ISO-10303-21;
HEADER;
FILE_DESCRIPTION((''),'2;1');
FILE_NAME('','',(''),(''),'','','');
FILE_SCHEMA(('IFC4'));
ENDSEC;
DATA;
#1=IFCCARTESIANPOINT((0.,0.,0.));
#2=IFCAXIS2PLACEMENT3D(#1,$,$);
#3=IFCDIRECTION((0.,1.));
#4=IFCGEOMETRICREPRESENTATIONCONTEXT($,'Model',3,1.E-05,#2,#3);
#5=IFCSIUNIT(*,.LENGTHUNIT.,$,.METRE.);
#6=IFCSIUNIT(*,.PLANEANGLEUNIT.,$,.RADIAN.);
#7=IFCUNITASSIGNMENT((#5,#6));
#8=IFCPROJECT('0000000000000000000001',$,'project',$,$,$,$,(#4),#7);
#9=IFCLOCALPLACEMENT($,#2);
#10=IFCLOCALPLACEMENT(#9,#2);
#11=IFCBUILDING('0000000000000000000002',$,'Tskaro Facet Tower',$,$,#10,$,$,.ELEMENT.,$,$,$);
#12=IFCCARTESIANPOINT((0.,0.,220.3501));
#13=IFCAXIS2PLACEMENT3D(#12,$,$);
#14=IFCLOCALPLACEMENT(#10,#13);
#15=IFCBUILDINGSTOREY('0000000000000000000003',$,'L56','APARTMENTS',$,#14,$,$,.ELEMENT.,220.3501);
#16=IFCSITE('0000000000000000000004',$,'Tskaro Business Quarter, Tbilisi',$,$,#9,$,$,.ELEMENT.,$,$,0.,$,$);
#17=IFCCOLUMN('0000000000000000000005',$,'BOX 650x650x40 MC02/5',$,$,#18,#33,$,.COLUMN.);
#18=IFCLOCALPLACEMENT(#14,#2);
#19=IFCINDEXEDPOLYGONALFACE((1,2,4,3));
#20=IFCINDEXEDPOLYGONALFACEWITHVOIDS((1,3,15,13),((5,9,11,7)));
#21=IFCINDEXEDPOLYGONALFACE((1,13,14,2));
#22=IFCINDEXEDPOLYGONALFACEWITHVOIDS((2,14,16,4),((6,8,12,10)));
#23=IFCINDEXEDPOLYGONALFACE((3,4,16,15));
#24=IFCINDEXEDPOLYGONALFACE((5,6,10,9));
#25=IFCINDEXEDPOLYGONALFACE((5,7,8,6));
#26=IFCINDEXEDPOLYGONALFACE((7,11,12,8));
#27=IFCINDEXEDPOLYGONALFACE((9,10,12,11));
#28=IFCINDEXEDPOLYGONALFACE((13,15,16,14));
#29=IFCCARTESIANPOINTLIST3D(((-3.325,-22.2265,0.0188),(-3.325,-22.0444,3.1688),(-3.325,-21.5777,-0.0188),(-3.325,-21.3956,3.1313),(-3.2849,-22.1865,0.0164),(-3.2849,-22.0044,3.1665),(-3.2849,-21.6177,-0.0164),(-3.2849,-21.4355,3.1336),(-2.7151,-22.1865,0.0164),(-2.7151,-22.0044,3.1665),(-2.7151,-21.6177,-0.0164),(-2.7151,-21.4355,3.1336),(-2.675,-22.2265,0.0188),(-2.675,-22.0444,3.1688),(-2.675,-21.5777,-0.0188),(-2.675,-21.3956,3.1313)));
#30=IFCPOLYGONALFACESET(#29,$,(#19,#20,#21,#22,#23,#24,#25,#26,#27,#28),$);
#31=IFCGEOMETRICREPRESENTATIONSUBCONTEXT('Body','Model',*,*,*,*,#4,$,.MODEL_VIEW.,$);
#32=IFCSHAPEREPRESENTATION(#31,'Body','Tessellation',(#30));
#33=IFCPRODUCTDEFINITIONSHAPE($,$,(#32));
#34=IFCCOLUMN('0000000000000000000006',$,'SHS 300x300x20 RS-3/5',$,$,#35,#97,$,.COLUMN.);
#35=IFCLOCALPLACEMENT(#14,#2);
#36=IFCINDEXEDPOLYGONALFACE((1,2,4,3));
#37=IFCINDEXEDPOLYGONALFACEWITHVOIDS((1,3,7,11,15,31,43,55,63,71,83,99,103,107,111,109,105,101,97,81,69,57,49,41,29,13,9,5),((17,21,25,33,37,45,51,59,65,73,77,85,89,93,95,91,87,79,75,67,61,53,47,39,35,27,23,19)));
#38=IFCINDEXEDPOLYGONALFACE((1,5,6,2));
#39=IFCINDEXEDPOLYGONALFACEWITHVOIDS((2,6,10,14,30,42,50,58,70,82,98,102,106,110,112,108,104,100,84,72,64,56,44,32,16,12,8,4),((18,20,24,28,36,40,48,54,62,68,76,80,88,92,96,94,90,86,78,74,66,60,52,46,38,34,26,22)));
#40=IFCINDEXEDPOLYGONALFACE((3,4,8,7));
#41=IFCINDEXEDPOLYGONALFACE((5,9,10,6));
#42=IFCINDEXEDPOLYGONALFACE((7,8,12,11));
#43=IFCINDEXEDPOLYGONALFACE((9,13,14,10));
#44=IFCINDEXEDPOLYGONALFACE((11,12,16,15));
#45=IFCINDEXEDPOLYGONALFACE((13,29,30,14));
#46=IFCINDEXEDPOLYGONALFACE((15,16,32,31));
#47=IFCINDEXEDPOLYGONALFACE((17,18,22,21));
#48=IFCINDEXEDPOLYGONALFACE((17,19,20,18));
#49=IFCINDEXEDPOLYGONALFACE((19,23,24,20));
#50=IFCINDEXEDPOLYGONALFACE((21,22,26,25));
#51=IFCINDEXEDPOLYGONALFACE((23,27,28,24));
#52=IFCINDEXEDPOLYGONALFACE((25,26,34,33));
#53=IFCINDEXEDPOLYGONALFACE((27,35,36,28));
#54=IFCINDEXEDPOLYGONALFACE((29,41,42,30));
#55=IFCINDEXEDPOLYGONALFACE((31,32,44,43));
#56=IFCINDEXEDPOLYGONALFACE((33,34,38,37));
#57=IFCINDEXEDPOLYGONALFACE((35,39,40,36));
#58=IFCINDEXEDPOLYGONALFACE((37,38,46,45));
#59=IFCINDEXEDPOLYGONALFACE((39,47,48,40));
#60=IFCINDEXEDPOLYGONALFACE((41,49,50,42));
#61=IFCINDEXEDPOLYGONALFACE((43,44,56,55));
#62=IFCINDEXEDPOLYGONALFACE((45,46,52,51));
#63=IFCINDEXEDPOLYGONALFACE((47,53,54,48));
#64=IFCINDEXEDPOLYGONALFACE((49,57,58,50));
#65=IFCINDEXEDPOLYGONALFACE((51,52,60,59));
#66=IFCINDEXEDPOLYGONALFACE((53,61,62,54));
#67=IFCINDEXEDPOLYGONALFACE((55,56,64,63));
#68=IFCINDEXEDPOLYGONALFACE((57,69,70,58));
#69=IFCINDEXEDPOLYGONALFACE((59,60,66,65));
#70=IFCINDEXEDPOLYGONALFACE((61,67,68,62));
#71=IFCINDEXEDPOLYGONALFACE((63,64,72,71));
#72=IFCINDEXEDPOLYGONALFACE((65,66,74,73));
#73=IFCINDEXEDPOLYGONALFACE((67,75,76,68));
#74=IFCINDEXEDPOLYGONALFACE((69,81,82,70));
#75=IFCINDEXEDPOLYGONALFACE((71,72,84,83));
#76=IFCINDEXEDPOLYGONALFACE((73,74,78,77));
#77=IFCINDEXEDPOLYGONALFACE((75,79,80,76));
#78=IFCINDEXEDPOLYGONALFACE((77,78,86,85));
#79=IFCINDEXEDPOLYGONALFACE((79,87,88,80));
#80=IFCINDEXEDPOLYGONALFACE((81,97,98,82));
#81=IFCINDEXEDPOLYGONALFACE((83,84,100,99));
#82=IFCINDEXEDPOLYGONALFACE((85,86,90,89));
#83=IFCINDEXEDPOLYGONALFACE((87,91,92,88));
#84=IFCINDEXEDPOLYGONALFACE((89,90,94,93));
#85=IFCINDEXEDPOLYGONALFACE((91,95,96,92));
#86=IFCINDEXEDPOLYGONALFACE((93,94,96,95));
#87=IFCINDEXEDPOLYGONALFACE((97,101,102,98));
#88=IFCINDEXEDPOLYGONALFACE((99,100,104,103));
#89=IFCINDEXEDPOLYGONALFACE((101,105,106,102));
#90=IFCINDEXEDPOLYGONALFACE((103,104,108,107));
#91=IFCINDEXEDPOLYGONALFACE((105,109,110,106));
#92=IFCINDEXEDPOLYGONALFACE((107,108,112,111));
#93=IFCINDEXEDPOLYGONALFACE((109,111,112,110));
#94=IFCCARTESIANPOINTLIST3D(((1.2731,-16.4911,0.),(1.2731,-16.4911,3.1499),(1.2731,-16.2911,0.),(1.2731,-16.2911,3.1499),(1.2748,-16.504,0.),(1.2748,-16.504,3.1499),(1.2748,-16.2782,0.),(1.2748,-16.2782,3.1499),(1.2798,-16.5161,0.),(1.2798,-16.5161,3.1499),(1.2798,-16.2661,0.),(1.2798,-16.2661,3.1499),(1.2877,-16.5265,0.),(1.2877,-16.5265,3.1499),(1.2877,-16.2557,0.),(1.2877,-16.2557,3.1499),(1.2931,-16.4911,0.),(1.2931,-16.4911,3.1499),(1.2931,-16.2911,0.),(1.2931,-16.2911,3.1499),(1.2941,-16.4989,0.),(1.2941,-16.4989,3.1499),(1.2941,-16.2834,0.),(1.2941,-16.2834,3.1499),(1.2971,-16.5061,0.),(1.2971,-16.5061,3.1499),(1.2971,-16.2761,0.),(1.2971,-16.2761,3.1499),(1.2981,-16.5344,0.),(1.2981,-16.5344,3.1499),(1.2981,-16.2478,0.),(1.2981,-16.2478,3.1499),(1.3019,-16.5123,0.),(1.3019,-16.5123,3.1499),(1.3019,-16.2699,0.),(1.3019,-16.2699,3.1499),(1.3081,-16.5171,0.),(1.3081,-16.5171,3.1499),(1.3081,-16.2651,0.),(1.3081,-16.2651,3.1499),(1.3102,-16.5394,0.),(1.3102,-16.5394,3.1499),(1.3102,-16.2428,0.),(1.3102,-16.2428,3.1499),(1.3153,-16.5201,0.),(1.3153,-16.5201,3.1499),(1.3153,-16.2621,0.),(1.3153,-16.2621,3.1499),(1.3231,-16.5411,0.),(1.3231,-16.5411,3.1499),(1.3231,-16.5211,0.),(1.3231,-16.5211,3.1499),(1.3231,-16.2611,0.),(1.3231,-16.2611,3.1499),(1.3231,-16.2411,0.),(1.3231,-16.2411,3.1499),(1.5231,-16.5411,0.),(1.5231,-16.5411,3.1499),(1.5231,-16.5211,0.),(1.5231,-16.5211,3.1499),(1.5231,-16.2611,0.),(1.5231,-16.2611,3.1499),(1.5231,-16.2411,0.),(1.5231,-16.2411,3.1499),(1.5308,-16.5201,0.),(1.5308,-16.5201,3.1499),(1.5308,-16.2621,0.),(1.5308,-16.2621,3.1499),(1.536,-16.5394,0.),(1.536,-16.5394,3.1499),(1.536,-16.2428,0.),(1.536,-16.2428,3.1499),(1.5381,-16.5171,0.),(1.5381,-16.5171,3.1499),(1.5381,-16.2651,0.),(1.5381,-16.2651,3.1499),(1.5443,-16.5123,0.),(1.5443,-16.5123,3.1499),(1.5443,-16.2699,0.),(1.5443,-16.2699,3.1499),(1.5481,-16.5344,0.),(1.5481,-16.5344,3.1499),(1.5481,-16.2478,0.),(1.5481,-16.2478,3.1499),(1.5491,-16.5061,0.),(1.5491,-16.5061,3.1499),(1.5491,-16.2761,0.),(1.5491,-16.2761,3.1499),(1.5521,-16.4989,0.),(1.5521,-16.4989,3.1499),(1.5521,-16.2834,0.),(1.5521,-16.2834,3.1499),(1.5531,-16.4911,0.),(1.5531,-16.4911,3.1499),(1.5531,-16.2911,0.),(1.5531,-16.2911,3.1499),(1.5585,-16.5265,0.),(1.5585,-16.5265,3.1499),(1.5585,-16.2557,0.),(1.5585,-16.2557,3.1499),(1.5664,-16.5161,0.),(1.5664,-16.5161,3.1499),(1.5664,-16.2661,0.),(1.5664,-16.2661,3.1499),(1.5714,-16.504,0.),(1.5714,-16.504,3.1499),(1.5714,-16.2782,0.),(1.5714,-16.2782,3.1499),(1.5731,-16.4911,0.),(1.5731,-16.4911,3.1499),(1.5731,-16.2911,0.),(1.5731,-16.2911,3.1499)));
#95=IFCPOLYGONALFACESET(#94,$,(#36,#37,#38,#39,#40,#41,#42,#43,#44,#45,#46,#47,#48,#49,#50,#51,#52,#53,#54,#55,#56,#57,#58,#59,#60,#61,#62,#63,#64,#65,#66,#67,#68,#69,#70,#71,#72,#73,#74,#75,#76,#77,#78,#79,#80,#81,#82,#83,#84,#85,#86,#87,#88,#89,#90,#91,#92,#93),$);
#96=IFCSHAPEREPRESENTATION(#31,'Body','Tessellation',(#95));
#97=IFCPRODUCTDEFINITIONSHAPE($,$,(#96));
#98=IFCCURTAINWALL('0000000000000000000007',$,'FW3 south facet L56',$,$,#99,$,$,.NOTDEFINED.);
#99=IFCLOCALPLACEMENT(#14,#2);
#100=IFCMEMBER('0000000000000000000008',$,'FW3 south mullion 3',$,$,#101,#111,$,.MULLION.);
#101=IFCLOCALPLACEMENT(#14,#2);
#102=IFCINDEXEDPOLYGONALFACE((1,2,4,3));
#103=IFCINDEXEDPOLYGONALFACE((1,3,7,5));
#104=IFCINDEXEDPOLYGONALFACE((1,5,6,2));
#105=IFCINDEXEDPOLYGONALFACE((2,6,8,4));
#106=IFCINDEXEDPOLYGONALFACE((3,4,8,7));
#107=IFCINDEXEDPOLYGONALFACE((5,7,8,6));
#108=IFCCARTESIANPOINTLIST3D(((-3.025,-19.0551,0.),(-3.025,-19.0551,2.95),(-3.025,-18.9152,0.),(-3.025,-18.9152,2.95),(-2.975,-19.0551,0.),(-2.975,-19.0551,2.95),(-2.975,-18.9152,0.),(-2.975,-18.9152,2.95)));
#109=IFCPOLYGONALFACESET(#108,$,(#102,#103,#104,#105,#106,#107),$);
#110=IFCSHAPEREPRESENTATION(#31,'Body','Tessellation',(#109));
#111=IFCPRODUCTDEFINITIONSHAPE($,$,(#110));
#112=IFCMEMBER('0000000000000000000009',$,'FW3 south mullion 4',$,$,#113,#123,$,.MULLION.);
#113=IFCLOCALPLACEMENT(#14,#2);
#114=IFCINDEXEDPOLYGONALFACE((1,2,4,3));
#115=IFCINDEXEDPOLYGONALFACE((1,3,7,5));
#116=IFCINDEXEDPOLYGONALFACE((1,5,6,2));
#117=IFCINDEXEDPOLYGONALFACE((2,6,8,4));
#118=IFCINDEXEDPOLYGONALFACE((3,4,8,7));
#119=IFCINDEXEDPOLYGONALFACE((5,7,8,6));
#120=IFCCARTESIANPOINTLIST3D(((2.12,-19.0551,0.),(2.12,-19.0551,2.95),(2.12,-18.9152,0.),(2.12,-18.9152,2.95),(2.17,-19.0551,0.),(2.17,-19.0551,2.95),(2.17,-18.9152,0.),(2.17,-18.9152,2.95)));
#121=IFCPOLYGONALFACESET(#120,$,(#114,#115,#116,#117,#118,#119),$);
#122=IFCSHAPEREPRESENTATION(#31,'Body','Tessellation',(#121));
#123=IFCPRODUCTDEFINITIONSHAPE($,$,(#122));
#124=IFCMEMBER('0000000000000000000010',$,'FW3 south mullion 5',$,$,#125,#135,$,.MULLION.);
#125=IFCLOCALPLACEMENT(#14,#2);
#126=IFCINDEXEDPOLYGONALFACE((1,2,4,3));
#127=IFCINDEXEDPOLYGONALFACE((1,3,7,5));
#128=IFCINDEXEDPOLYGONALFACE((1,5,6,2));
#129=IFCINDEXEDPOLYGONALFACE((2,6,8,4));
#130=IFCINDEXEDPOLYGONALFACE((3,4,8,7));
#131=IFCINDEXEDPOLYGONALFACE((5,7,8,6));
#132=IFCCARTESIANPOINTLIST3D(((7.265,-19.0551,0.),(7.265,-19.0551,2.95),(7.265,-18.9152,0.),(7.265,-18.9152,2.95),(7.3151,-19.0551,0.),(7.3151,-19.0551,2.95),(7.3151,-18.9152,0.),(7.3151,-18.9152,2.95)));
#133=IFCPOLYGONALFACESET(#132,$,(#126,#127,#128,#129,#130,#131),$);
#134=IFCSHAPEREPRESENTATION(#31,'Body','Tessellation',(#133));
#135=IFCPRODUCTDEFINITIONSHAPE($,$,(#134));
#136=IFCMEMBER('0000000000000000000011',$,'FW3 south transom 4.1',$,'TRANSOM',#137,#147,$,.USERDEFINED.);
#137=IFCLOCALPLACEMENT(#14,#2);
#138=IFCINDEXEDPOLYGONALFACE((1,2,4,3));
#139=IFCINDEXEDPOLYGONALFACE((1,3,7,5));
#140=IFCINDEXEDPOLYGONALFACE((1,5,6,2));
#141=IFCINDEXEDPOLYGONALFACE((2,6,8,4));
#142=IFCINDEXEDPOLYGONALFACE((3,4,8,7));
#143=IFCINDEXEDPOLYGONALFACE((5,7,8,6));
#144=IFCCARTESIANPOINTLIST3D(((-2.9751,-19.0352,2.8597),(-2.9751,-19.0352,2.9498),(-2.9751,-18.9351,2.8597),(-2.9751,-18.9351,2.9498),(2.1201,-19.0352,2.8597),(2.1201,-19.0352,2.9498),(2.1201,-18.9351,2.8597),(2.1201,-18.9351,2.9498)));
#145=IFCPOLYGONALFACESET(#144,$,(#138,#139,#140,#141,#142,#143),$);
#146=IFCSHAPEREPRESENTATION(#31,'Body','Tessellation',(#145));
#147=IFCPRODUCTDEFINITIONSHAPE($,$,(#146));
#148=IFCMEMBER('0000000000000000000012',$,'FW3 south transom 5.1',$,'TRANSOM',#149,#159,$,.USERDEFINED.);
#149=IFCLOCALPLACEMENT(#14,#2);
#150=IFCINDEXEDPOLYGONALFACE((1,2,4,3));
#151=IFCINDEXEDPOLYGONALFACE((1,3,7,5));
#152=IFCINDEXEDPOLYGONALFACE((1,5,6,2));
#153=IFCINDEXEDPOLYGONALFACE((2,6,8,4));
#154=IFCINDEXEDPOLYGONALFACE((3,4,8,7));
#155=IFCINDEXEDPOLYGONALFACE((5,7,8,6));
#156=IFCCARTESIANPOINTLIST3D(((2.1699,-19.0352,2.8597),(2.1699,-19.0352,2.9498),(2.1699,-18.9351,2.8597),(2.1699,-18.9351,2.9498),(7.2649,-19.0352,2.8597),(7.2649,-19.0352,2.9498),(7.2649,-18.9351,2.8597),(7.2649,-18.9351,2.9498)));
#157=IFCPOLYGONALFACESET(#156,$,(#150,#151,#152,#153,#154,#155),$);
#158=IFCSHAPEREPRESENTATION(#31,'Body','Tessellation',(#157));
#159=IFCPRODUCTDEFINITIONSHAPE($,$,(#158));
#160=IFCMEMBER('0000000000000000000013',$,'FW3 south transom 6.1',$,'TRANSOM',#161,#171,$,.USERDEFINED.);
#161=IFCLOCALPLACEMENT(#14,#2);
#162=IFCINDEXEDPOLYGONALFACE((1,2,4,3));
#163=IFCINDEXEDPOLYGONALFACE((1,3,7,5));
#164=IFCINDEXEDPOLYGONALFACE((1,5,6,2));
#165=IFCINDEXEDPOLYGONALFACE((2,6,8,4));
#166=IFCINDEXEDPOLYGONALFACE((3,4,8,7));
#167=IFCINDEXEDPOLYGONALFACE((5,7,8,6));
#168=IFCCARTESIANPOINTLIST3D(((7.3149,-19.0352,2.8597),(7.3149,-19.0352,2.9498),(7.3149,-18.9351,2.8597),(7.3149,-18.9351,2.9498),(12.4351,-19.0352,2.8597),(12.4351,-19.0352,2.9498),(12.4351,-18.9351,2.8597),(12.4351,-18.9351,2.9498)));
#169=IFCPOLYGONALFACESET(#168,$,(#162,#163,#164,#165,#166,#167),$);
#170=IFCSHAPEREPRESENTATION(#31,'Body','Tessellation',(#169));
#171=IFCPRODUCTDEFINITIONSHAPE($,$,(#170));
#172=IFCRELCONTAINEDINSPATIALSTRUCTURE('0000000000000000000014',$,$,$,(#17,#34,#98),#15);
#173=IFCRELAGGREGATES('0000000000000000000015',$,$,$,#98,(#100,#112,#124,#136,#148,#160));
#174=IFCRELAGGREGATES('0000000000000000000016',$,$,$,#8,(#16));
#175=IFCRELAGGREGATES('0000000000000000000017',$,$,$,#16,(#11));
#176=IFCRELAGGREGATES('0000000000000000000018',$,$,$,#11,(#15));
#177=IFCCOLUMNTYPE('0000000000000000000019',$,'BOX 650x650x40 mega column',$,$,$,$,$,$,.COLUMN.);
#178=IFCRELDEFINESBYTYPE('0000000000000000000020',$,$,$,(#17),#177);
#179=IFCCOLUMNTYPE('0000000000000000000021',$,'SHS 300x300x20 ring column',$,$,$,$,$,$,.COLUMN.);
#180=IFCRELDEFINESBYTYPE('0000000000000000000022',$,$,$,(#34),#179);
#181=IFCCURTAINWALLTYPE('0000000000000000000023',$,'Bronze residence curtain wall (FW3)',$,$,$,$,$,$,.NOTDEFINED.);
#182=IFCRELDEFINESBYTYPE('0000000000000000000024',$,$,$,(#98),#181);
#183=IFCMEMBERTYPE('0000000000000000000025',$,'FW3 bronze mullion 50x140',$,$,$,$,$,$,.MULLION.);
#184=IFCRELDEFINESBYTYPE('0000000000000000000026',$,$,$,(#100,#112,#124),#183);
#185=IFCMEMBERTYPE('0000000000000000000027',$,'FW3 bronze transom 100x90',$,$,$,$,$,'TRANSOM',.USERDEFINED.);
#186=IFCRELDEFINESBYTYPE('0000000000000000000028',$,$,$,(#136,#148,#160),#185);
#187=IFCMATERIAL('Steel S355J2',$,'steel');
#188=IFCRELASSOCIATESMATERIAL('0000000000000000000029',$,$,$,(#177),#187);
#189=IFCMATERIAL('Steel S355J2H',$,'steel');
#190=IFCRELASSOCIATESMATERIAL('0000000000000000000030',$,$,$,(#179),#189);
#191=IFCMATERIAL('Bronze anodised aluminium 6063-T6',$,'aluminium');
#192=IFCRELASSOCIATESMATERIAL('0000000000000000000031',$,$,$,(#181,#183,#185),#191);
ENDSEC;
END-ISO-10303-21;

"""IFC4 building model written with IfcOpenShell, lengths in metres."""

from ifc_helpers import new_model, si_unit, direction, frame, origin, origin_2d, place, context, subcontext, project, spatial, rectangle, hollow_rectangle, extrude, material, material_profile, profile_set, type_object, element, aggregate, save


model = new_model("IFC4")

# Units and contexts
model_context = context("Model", 3, precision=1e-05, world=origin(), true_north=direction((0.0, 1.0)))
body_context = subcontext(model_context, "Body", "Model", "MODEL_VIEW")
ifc_project = project(units=[si_unit("LENGTHUNIT", "METRE"), si_unit("PLANEANGLEUNIT", "RADIAN")], contexts=[model_context])

# Site, building, storey
site_placement = place(None, origin())
site = spatial("IfcSite", under=ifc_project, at=site_placement, Name="Tskaro Business Quarter, Tbilisi", CompositionType="ELEMENT", RefElevation=0.0)
building_placement = place(site_placement, origin())
building = spatial("IfcBuilding", under=site, at=building_placement, Name="Tskaro Facet Tower", CompositionType="ELEMENT")
storey_placement = place(building_placement, frame((0.0, 0.0, 220.3501)))
storey = spatial("IfcBuildingStorey", under=building, at=storey_placement, Name="L56", Description="APARTMENTS", CompositionType="ELEMENT", Elevation=220.3501)

# Columns
ifc_material_1 = material(Name="Steel S355J2", Category="steel")
ifc_material_profile_1 = material_profile(ifc_material_1, hollow_rectangle(XDim=0.6499, YDim=0.6499, WallThickness=0.04, at=origin_2d()), Name="BOX 650x650x40")
ifc_profile_set_1 = profile_set([ifc_material_profile_1], Name="Steel S355J2")
column_type_1 = type_object("IfcColumnType", Name="BOX 650x650x40 mega column", PredefinedType="COLUMN", material=ifc_profile_set_1)
column_1_placement = place(storey_placement, frame((-3.0, -21.9021, 0.0), z_axis=(0.0, 0.057724, 0.998333), x_axis=(-1.0, 0.0, 0.0)))
element("IfcColumn", 1, at=column_1_placement, inside=storey, type_object=column_type_1, Name="BOX 650x650x40 MC02/5", PredefinedType="COLUMN", context=body_context, shape_type="SweptSolid", body=[
    extrude(hollow_rectangle(XDim=0.6499, YDim=0.6499, WallThickness=0.04, at=origin_2d()), origin(), (0.0, 0.0, 1.0), 3.1553),
])
ifc_material_2 = material(Name="Steel S355J2H", Category="steel")
ifc_material_profile_2 = material_profile(ifc_material_2, hollow_rectangle(XDim=0.3, YDim=0.3, WallThickness=0.02, InnerFilletRadius=0.03, OuterFilletRadius=0.05, at=origin_2d()), Name="SHS 300x300x20")
ifc_profile_set_2 = profile_set([ifc_material_profile_2], Name="Steel S355J2H")
column_type_2 = type_object("IfcColumnType", Name="SHS 300x300x20 ring column", PredefinedType="COLUMN", material=ifc_profile_set_2)
column_2_placement = place(storey_placement, frame((1.4231, -16.3911, 0.0), z_axis=(0.0, 0.0, 1.0), x_axis=(1.0, 0.0, 0.0)))
element("IfcColumn", 2, at=column_2_placement, inside=storey, type_object=column_type_2, Name="SHS 300x300x20 RS-3/5", PredefinedType="COLUMN", context=body_context, shape_type="SweptSolid", body=[
    extrude(hollow_rectangle(XDim=0.3, YDim=0.3, WallThickness=0.02, InnerFilletRadius=0.03, OuterFilletRadius=0.05, at=origin_2d()), origin(), (0.0, 0.0, 1.0), 3.1499),
])

# Curtain wall, members
ifc_material_3 = material(Name="Bronze anodised aluminium 6063-T6", Category="aluminium")
curtain_wall_type = type_object("IfcCurtainWallType", Name="Bronze residence curtain wall (FW3)", PredefinedType="NOTDEFINED", material=ifc_material_3)
curtain_wall_placement = place(storey_placement, origin())
curtain_wall = element("IfcCurtainWall", 3, at=curtain_wall_placement, inside=storey, type_object=curtain_wall_type, Name="FW3 south facet L56", PredefinedType="NOTDEFINED")
ifc_material_profile_3 = material_profile(ifc_material_3, rectangle(XDim=0.05, YDim=0.1399, at=origin_2d()), Name="Mullion 50x140")
ifc_profile_set_3 = profile_set([ifc_material_profile_3], Name="Bronze anodised aluminium 6063-T6")
member_type_1 = type_object("IfcMemberType", Name="FW3 bronze mullion 50x140", PredefinedType="MULLION", material=ifc_profile_set_3)
member_1_placement = place(storey_placement, frame((-3.0, -18.9851, 0.0), z_axis=(0.0, 0.0, 1.0), x_axis=(1.0, 0.0, 0.0)))
member_1 = element("IfcMember", 4, at=member_1_placement, type_object=member_type_1, Name="FW3 south mullion 3", PredefinedType="MULLION", context=body_context, shape_type="SweptSolid", body=[
    extrude(rectangle(XDim=0.05, YDim=0.1399, at=origin_2d()), origin(), (0.0, 0.0, 1.0), 2.95),
])
member_2_placement = place(storey_placement, frame((2.145, -18.9851, 0.0), z_axis=(0.0, 0.0, 1.0), x_axis=(1.0, 0.0, 0.0)))
member_2 = element("IfcMember", 5, at=member_2_placement, type_object=member_type_1, Name="FW3 south mullion 4", PredefinedType="MULLION", context=body_context, shape_type="SweptSolid", body=[
    extrude(rectangle(XDim=0.05, YDim=0.1399, at=origin_2d()), origin(), (0.0, 0.0, 1.0), 2.95),
])
member_3_placement = place(storey_placement, frame((7.29, -18.9851, 0.0), z_axis=(0.0, 0.0, 1.0), x_axis=(1.0, 0.0, 0.0)))
member_3 = element("IfcMember", 6, at=member_3_placement, type_object=member_type_1, Name="FW3 south mullion 5", PredefinedType="MULLION", context=body_context, shape_type="SweptSolid", body=[
    extrude(rectangle(XDim=0.05, YDim=0.1399, at=origin_2d()), origin(), (0.0, 0.0, 1.0), 2.95),
])
ifc_material_profile_4 = material_profile(ifc_material_3, rectangle(XDim=0.1001, YDim=0.0901, at=origin_2d()), Name="Transom 100x90")
ifc_profile_set_4 = profile_set([ifc_material_profile_4], Name="Bronze anodised aluminium 6063-T6")
member_type_2 = type_object("IfcMemberType", Name="FW3 bronze transom 100x90", ElementType="TRANSOM", PredefinedType="USERDEFINED", material=ifc_profile_set_4)
member_4_placement = place(storey_placement, frame((-2.9751, -18.9851, 2.9048), z_axis=(1.0, 0.0, 0.0), x_axis=(0.0, 1.0, 0.0)))
member_4 = element("IfcMember", 7, at=member_4_placement, type_object=member_type_2, Name="FW3 south transom 4.1", ObjectType="TRANSOM", PredefinedType="USERDEFINED", context=body_context, shape_type="SweptSolid", body=[
    extrude(rectangle(XDim=0.1001, YDim=0.0901, at=origin_2d()), origin(), (0.0, 0.0, 1.0), 5.0952),
])
member_5_placement = place(storey_placement, frame((2.1699, -18.9851, 2.9048), z_axis=(1.0, 0.0, 0.0), x_axis=(0.0, 1.0, 0.0)))
member_5 = element("IfcMember", 8, at=member_5_placement, type_object=member_type_2, Name="FW3 south transom 5.1", ObjectType="TRANSOM", PredefinedType="USERDEFINED", context=body_context, shape_type="SweptSolid", body=[
    extrude(rectangle(XDim=0.1001, YDim=0.0901, at=origin_2d()), origin(), (0.0, 0.0, 1.0), 5.095),
])
member_6_placement = place(storey_placement, frame((7.3149, -18.9851, 2.9048), z_axis=(1.0, 0.0, 0.0), x_axis=(0.0, 1.0, 0.0)))
member_6 = element("IfcMember", 9, at=member_6_placement, type_object=member_type_2, Name="FW3 south transom 6.1", ObjectType="TRANSOM", PredefinedType="USERDEFINED", context=body_context, shape_type="SweptSolid", body=[
    extrude(rectangle(XDim=0.1001, YDim=0.0901, at=origin_2d()), origin(), (0.0, 0.0, 1.0), 5.1201),
])

aggregate(curtain_wall, [member_1, member_2, member_3, member_4, member_5, member_6])

save(model, "model.ifc")
